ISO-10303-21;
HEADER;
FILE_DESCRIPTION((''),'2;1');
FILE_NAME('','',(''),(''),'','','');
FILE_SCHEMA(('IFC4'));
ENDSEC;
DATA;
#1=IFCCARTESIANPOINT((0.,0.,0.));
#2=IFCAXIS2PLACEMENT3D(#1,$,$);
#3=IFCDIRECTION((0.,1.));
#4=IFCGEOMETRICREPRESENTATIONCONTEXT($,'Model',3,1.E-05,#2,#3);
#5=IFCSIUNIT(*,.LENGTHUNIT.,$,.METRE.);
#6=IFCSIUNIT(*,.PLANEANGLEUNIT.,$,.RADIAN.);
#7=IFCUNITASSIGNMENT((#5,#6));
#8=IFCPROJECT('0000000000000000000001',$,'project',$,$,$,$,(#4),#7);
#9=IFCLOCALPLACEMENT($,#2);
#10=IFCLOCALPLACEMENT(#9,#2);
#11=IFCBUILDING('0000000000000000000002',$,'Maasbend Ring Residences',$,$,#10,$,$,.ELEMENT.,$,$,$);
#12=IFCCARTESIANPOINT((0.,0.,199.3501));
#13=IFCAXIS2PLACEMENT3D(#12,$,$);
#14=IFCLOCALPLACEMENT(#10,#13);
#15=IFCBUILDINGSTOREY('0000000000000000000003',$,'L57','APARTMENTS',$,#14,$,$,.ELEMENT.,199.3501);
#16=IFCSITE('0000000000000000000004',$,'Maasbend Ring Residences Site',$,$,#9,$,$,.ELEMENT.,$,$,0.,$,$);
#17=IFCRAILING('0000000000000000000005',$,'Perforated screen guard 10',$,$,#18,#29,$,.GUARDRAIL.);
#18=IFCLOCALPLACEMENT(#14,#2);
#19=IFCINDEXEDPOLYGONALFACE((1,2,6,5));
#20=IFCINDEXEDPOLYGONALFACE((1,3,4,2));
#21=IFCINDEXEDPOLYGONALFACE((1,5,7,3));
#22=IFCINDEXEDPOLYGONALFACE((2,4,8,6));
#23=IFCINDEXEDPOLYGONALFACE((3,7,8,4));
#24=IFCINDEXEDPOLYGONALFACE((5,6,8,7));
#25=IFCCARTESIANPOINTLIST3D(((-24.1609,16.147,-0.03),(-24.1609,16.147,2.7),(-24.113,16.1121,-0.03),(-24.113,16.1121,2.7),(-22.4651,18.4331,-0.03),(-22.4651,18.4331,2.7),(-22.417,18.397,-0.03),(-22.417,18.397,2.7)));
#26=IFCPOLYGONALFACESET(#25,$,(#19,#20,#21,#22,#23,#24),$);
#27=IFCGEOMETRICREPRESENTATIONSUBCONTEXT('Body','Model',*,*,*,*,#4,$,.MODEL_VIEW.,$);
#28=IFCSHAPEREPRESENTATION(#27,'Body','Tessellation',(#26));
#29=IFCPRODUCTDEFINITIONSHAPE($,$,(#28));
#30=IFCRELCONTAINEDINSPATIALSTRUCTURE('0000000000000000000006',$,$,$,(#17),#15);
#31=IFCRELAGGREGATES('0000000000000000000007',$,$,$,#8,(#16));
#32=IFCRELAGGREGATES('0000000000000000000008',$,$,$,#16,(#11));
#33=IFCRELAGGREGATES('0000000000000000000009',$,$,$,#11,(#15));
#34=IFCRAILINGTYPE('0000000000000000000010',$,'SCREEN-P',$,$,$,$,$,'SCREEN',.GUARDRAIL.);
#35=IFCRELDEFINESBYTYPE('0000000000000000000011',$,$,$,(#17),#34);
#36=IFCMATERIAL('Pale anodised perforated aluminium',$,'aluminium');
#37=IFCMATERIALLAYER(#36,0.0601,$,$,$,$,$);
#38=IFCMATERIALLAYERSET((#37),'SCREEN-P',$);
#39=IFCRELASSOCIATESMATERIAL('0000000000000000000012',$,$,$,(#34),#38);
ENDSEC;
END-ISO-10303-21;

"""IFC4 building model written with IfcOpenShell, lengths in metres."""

from ifc_helpers import new_model, si_unit, direction, frame, origin, place, context, subcontext, project, spatial, polyline, outline, extrude, material, layer, layer_set, type_object, element, save


model = new_model("IFC4")

# Units and contexts
model_context = context("Model", 3, precision=1e-05, world=origin(), true_north=direction((0.0, 1.0)))
body_context = subcontext(model_context, "Body", "Model", "MODEL_VIEW")
ifc_project = project(units=[si_unit("LENGTHUNIT", "METRE"), si_unit("PLANEANGLEUNIT", "RADIAN")], contexts=[model_context])

# Site, building, storey
site_placement = place(None, origin())
site = spatial("IfcSite", under=ifc_project, at=site_placement, Name="Maasbend Ring Residences Site", CompositionType="ELEMENT", RefElevation=0.0)
building_placement = place(site_placement, origin())
building = spatial("IfcBuilding", under=site, at=building_placement, Name="Maasbend Ring Residences", CompositionType="ELEMENT")
storey_placement = place(building_placement, frame((0.0, 0.0, 199.3501)))
storey = spatial("IfcBuildingStorey", under=building, at=storey_placement, Name="L57", Description="APARTMENTS", CompositionType="ELEMENT", Elevation=199.3501)

# Railing
ifc_material_1 = material(Name="Pale anodised perforated aluminium", Category="aluminium")
ifc_layer_1 = layer(ifc_material_1, 0.0601)
ifc_layer_set_1 = layer_set([ifc_layer_1], Name="SCREEN-P")
railing_type = type_object("IfcRailingType", Name="SCREEN-P", ElementType="SCREEN", PredefinedType="GUARDRAIL", material=ifc_layer_set_1)
railing_1_placement = place(storey_placement, frame((0.0, 0.0, -0.03)))
element("IfcRailing", 1, at=railing_1_placement, inside=storey, type_object=railing_type, Name="Perforated screen guard 10", PredefinedType="GUARDRAIL", context=body_context, shape_type="SweptSolid", body=[
    extrude(outline(polyline([(-22.417, 18.397), (-24.113, 16.1121), (-24.1609, 16.147), (-22.4651, 18.4331), (-22.417, 18.397)])), origin(), (0.0, 0.0, 1.0), 2.73),
])

save(model, "model.ifc")
